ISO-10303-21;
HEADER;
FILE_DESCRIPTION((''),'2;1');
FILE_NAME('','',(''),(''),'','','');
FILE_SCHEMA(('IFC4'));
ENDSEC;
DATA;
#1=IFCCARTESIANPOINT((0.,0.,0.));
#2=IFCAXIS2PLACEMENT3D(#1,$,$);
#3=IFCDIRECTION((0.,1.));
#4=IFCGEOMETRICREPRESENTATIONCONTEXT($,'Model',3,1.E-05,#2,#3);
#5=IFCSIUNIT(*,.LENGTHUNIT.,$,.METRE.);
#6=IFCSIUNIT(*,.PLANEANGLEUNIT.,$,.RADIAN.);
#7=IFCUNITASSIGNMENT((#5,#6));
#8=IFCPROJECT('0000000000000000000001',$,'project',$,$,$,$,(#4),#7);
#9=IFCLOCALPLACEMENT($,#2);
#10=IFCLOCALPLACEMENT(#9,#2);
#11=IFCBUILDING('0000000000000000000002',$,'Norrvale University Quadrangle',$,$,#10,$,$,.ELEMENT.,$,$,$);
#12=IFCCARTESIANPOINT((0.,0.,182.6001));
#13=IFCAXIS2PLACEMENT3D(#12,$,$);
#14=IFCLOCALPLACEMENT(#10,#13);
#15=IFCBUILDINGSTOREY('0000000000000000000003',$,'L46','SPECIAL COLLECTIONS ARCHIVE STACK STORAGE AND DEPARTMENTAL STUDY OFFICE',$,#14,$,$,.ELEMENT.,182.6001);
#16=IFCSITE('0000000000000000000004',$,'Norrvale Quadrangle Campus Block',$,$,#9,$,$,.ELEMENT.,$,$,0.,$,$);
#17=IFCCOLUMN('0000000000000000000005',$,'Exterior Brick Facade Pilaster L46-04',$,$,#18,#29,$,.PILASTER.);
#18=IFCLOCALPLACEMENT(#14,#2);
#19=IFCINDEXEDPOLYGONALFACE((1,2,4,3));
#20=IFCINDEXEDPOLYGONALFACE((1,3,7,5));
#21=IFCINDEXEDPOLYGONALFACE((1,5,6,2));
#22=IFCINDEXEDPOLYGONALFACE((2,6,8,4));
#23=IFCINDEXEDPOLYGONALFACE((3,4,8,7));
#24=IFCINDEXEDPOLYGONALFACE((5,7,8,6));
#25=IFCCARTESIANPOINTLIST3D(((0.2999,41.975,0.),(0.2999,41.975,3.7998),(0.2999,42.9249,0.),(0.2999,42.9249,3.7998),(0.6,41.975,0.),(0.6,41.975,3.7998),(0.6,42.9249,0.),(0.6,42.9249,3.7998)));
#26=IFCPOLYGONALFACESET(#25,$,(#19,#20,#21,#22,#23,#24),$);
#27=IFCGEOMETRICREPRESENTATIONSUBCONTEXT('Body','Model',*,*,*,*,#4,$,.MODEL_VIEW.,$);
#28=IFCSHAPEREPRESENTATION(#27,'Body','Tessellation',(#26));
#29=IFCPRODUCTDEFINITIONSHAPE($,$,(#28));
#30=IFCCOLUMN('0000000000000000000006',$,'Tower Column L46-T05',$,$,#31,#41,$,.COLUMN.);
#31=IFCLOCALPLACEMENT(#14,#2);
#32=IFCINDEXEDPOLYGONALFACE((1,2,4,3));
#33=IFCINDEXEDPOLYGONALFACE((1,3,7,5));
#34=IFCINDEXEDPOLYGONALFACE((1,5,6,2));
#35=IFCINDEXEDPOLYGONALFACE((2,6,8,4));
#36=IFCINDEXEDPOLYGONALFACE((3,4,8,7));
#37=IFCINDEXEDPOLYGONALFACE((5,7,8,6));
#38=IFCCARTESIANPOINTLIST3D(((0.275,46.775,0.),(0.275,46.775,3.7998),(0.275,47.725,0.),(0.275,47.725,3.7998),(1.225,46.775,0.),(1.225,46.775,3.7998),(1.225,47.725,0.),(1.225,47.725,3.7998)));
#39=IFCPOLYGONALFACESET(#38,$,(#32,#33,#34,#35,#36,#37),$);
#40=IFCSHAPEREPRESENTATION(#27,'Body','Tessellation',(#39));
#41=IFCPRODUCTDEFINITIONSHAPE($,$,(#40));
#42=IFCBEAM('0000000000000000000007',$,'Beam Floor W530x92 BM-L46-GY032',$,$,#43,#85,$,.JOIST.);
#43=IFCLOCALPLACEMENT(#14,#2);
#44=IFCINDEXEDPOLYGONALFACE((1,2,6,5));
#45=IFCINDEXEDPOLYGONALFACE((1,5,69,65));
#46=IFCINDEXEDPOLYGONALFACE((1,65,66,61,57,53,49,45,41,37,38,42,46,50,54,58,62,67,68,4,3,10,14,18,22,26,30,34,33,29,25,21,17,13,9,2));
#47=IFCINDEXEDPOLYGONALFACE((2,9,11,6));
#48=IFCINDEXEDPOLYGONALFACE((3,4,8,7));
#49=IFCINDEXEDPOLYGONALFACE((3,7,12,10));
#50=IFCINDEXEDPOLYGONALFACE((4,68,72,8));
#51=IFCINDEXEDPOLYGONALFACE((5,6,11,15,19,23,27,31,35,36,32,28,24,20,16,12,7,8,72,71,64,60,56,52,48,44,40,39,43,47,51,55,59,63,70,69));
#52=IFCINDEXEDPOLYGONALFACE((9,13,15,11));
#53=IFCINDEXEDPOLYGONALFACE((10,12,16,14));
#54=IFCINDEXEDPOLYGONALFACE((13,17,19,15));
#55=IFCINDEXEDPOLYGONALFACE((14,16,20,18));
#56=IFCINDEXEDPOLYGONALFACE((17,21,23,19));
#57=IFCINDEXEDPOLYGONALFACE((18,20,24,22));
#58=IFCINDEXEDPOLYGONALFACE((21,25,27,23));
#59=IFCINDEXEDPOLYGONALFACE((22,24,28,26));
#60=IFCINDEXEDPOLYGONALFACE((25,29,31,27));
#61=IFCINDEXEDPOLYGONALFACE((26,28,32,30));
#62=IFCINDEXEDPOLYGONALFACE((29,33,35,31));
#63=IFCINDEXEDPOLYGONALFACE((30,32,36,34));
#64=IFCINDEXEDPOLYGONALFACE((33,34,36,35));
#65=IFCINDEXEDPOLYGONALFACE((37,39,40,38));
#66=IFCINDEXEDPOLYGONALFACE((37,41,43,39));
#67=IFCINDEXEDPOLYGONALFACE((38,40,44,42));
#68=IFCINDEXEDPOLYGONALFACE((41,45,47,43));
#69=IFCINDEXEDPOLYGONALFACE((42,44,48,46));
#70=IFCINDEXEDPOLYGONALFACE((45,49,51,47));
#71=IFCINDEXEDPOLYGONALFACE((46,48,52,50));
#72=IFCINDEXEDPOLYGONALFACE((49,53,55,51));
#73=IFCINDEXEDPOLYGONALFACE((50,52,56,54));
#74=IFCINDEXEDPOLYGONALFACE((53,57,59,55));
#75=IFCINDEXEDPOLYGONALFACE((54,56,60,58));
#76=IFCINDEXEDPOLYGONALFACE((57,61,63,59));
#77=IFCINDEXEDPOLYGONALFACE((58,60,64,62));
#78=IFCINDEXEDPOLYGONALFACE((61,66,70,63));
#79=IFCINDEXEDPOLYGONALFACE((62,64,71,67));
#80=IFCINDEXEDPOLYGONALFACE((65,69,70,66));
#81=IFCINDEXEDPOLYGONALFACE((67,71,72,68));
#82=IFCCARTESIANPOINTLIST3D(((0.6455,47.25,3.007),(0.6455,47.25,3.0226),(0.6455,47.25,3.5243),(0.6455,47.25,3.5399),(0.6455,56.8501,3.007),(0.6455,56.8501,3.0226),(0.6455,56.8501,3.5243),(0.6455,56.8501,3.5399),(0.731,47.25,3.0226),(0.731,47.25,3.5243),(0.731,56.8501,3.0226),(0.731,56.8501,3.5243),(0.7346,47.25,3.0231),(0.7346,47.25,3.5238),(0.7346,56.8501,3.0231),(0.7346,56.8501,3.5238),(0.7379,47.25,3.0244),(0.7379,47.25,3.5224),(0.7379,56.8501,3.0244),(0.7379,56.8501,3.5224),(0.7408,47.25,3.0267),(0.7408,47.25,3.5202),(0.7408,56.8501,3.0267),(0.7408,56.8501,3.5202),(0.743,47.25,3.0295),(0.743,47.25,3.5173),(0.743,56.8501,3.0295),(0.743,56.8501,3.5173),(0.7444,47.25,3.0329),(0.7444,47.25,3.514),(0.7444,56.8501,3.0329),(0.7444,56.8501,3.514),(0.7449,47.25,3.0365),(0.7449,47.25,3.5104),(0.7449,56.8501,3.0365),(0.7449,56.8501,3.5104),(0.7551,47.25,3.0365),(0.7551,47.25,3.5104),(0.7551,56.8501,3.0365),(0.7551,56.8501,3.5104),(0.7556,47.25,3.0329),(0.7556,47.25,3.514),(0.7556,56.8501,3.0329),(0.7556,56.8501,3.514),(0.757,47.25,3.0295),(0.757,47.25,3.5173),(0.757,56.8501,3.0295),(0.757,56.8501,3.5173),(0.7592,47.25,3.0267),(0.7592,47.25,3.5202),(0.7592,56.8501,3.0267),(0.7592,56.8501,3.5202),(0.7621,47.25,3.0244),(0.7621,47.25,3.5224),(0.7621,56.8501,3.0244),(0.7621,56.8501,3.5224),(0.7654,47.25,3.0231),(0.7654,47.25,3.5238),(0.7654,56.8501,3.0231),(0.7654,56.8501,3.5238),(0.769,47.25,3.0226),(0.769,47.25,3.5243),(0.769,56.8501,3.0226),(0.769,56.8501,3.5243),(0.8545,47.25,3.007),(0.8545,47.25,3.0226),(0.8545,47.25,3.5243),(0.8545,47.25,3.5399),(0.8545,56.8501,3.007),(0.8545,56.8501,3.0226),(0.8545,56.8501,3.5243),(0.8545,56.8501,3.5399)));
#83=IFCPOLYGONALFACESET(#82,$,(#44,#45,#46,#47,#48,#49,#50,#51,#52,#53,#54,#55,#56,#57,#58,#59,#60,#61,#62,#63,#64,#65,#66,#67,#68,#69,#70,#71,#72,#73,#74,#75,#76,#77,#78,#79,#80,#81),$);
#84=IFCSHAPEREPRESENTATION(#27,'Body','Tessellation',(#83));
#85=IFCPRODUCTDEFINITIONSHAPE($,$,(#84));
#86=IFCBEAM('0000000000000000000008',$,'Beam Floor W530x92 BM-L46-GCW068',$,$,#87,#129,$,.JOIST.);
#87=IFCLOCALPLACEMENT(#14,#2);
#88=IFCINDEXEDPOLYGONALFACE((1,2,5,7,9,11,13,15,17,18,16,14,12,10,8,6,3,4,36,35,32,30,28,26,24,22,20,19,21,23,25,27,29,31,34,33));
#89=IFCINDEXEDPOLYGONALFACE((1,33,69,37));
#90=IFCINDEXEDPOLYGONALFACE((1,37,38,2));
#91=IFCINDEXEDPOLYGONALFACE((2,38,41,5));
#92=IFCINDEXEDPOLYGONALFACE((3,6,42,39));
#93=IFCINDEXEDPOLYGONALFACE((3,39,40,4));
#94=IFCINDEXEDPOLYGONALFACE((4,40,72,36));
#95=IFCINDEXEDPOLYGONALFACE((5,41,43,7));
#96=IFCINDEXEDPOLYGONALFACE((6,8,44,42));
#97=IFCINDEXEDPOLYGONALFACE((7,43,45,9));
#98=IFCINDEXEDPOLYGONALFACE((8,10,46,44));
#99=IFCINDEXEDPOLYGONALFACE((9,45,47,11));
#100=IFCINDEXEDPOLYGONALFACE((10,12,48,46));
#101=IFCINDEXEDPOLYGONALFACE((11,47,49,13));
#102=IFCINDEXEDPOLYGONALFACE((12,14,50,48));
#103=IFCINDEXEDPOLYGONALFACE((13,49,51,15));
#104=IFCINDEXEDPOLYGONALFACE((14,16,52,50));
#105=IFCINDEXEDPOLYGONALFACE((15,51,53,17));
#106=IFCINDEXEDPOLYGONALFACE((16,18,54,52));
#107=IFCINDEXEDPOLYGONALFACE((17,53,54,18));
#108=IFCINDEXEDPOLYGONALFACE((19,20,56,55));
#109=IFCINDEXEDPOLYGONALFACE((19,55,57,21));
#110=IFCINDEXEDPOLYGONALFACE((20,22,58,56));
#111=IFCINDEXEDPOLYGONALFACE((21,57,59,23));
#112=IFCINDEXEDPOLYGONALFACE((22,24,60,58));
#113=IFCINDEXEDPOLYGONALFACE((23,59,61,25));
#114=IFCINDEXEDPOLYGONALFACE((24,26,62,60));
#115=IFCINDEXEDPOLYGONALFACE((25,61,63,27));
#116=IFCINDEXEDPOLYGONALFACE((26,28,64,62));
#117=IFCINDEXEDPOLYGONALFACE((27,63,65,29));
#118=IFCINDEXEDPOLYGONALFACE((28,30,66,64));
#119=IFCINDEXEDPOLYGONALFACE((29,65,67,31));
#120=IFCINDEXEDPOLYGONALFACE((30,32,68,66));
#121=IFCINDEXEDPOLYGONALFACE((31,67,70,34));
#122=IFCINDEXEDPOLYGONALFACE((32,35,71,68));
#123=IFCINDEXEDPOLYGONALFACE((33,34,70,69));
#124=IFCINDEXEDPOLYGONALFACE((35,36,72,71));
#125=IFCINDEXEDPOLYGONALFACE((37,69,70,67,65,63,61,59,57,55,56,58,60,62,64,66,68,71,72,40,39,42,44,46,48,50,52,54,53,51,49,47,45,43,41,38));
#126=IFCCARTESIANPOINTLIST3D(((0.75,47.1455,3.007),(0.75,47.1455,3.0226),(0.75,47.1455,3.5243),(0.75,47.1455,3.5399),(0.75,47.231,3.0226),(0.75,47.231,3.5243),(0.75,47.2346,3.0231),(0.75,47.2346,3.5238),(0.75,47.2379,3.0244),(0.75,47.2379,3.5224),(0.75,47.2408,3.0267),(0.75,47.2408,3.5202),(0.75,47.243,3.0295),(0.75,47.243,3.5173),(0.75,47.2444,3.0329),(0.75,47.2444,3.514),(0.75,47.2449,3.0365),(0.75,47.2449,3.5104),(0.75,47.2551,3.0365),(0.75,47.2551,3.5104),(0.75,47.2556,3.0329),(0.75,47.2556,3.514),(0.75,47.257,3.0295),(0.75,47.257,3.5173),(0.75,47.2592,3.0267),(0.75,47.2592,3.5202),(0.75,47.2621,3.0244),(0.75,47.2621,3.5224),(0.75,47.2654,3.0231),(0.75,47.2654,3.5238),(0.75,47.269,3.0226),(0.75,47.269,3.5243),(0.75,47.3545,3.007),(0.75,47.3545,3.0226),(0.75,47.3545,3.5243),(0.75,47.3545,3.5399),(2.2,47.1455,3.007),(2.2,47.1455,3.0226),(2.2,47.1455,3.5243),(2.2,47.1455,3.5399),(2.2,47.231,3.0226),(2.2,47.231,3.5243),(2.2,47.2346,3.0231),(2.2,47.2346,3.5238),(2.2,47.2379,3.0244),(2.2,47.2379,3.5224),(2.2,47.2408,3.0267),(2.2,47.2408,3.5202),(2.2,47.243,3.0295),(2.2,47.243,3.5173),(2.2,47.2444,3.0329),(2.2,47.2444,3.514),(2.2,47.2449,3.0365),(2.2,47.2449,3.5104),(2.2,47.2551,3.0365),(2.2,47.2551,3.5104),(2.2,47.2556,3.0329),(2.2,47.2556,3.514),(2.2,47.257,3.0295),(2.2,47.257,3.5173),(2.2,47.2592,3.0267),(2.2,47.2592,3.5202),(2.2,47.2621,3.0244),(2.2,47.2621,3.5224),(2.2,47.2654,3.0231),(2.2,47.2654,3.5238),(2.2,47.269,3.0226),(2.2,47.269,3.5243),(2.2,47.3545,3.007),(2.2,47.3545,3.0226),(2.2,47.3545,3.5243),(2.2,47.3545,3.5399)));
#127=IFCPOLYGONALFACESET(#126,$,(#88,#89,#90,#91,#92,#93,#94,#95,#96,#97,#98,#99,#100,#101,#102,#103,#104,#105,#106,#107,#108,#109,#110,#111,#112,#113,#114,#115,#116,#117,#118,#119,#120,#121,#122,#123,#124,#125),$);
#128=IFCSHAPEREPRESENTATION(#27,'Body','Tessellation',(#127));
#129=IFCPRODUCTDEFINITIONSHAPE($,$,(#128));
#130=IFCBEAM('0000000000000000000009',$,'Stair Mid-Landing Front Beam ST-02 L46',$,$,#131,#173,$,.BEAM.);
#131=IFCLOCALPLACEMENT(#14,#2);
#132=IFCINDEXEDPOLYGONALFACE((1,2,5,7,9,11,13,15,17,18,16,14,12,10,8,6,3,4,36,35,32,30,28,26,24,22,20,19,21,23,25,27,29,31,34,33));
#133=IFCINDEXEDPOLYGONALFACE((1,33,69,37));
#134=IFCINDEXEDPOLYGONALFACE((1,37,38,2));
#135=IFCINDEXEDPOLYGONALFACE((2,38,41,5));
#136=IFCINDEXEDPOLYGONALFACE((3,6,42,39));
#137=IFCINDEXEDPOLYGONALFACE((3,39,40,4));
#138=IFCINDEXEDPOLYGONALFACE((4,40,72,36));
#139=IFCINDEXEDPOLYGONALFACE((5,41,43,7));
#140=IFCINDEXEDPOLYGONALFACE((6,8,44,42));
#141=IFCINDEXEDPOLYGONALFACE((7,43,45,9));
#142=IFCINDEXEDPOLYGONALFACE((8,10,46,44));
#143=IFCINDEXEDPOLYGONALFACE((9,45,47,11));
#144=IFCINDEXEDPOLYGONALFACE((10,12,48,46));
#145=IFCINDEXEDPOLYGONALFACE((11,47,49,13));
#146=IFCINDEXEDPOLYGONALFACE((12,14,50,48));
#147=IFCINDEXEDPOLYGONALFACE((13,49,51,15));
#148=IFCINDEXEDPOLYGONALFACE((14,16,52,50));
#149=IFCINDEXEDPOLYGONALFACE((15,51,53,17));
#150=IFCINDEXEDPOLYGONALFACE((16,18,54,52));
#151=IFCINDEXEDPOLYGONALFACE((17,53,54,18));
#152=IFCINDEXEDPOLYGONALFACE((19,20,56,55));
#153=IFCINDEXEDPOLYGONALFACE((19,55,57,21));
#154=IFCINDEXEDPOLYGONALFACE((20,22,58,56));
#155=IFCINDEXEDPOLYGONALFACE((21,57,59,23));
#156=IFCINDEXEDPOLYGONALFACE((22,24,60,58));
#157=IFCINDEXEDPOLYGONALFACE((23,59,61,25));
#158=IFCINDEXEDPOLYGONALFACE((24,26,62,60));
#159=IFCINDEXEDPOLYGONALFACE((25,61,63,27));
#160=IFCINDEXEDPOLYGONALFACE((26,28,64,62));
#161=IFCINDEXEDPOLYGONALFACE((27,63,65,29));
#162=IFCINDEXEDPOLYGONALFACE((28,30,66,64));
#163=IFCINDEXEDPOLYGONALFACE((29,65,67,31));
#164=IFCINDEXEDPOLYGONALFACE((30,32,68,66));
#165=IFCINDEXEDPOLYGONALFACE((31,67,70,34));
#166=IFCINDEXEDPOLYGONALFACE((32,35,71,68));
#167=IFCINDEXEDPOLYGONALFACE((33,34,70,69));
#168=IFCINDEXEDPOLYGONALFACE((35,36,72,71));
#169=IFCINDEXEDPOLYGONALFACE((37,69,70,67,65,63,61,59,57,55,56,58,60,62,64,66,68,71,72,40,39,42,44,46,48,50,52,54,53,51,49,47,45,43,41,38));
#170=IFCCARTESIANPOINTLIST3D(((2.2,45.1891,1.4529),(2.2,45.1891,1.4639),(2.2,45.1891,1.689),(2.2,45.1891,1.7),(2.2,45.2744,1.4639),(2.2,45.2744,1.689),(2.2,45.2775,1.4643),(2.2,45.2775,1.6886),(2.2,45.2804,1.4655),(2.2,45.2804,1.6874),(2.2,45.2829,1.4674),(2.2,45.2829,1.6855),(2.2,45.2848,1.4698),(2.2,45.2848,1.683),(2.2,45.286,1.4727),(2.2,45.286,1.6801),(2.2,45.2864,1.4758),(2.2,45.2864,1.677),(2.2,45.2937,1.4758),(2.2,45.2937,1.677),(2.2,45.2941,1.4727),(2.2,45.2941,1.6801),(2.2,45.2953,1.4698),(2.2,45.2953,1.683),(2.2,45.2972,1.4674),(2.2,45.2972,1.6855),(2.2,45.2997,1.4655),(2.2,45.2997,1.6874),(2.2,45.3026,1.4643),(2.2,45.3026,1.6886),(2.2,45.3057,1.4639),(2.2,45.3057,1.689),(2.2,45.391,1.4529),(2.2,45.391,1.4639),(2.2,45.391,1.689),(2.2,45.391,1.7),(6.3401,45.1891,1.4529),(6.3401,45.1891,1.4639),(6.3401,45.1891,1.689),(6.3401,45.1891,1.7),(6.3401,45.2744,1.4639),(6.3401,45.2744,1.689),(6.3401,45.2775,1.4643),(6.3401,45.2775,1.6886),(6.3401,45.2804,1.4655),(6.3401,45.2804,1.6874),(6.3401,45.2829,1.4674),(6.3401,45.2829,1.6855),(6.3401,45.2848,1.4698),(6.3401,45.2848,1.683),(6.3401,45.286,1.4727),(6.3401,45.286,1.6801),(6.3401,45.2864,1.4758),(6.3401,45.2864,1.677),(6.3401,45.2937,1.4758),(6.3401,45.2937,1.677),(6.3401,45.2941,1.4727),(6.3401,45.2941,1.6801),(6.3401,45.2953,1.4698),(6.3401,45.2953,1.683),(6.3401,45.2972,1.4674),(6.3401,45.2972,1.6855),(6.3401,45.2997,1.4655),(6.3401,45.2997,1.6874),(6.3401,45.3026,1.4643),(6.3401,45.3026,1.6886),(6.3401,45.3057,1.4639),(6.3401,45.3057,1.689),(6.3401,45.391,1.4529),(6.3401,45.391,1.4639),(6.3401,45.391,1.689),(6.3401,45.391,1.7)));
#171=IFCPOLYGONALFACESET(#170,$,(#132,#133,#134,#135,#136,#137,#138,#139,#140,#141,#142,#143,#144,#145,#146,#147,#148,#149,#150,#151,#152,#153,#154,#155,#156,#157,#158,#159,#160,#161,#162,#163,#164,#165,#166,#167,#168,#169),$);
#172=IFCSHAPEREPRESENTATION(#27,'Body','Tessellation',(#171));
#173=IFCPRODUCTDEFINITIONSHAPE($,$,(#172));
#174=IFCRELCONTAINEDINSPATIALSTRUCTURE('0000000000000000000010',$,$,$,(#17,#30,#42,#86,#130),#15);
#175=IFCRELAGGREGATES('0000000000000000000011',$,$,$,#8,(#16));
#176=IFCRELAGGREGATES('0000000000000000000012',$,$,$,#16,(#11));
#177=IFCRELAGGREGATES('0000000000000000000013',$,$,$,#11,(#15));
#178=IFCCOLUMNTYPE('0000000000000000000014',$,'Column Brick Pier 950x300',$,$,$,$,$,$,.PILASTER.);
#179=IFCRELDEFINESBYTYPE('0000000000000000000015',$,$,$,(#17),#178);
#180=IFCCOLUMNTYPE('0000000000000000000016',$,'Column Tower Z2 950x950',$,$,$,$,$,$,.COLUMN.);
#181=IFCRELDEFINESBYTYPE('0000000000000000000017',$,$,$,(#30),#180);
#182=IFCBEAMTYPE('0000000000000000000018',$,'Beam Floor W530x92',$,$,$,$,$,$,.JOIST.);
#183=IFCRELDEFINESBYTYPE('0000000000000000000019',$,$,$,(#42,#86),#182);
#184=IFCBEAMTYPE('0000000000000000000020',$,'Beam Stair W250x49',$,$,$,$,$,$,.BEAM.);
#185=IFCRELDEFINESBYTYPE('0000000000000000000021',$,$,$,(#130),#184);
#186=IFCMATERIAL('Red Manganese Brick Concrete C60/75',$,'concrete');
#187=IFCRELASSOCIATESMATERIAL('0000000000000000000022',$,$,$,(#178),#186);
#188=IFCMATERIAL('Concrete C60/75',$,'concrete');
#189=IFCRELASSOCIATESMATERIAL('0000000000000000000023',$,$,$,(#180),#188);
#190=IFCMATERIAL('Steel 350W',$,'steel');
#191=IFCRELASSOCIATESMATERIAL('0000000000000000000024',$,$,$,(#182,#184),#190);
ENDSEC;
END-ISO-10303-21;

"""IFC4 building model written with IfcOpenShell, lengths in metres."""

from ifc_helpers import new_model, si_unit, direction, frame, origin, origin_2d, place, context, subcontext, project, spatial, rectangle, i_section, extrude, material, material_profile, profile_set, type_object, element, save


model = new_model("IFC4")

# Units and contexts
model_context = context("Model", 3, precision=1e-05, world=origin(), true_north=direction((0.0, 1.0)))
body_context = subcontext(model_context, "Body", "Model", "MODEL_VIEW")
ifc_project = project(units=[si_unit("LENGTHUNIT", "METRE"), si_unit("PLANEANGLEUNIT", "RADIAN")], contexts=[model_context])

# Site, building, storey
site_placement = place(None, origin())
site = spatial("IfcSite", under=ifc_project, at=site_placement, Name="Norrvale Quadrangle Campus Block", CompositionType="ELEMENT", RefElevation=0.0)
building_placement = place(site_placement, origin())
building = spatial("IfcBuilding", under=site, at=building_placement, Name="Norrvale University Quadrangle", CompositionType="ELEMENT")
storey_placement = place(building_placement, frame((0.0, 0.0, 182.6001)))
storey = spatial("IfcBuildingStorey", under=building, at=storey_placement, Name="L46", Description="SPECIAL COLLECTIONS ARCHIVE STACK STORAGE AND DEPARTMENTAL STUDY OFFICE", CompositionType="ELEMENT", Elevation=182.6001)

# Columns
ifc_material_1 = material(Name="Red Manganese Brick Concrete C60/75", Category="concrete")
ifc_material_profile_1 = material_profile(ifc_material_1, rectangle(XDim=0.95, YDim=0.3, at=origin_2d()), Name="Red Manganese Brick Concrete C60/75")
ifc_profile_set_1 = profile_set([ifc_material_profile_1], Name="Red Manganese Brick Concrete C60/75")
column_type_1 = type_object("IfcColumnType", Name="Column Brick Pier 950x300", PredefinedType="PILASTER", material=ifc_profile_set_1)
column_1_placement = place(storey_placement, frame((0.45, 42.45, 0.0), z_axis=(0.0, 0.0, 1.0), x_axis=(0.0, 1.0, 0.0)))
element("IfcColumn", 1, at=column_1_placement, inside=storey, type_object=column_type_1, Name="Exterior Brick Facade Pilaster L46-04", PredefinedType="PILASTER", context=body_context, shape_type="SweptSolid", body=[
    extrude(rectangle(XDim=0.95, YDim=0.3, at=origin_2d()), origin(), (0.0, 0.0, 1.0), 3.7998),
])
ifc_material_2 = material(Name="Concrete C60/75", Category="concrete")
ifc_material_profile_2 = material_profile(ifc_material_2, rectangle(XDim=0.95, YDim=0.95, at=origin_2d()), Name="Concrete C60/75")
ifc_profile_set_2 = profile_set([ifc_material_profile_2], Name="Concrete C60/75")
column_type_2 = type_object("IfcColumnType", Name="Column Tower Z2 950x950", PredefinedType="COLUMN", material=ifc_profile_set_2)
column_2_placement = place(storey_placement, frame((0.75, 47.25, 0.0), z_axis=(0.0, 0.0, 1.0), x_axis=(1.0, 0.0, 0.0)))
element("IfcColumn", 2, at=column_2_placement, inside=storey, type_object=column_type_2, Name="Tower Column L46-T05", PredefinedType="COLUMN", context=body_context, shape_type="SweptSolid", body=[
    extrude(rectangle(XDim=0.95, YDim=0.95, at=origin_2d()), origin(), (0.0, 0.0, 1.0), 3.7998),
])

# Beams
ifc_material_3 = material(Name="Steel 350W", Category="steel")
ifc_material_profile_3 = material_profile(ifc_material_3, i_section(OverallWidth=0.209, OverallDepth=0.533, WebThickness=0.0103, FlangeThickness=0.0156, FilletRadius=0.0139, at=origin_2d()), Name="Steel 350W")
ifc_profile_set_3 = profile_set([ifc_material_profile_3], Name="Steel 350W")
beam_type_1 = type_object("IfcBeamType", Name="Beam Floor W530x92", PredefinedType="JOIST", material=ifc_profile_set_3)
beam_1_placement = place(storey_placement, frame((0.75, 47.25, 3.2734), z_axis=(0.0, 1.0, 0.0), x_axis=(-1.0, 0.0, 0.0)))
element("IfcBeam", 3, at=beam_1_placement, inside=storey, type_object=beam_type_1, Name="Beam Floor W530x92 BM-L46-GY032", PredefinedType="JOIST", context=body_context, shape_type="SweptSolid", body=[
    extrude(i_section(OverallWidth=0.209, OverallDepth=0.533, WebThickness=0.0103, FlangeThickness=0.0156, FilletRadius=0.0139, at=origin_2d()), origin(), (0.0, 0.0, 1.0), 9.6001),
])
beam_2_placement = place(storey_placement, frame((0.75, 47.25, 3.2734), z_axis=(1.0, 0.0, 0.0), x_axis=(0.0, 1.0, 0.0)))
element("IfcBeam", 4, at=beam_2_placement, inside=storey, type_object=beam_type_1, Name="Beam Floor W530x92 BM-L46-GCW068", PredefinedType="JOIST", context=body_context, shape_type="SweptSolid", body=[
    extrude(i_section(OverallWidth=0.209, OverallDepth=0.533, WebThickness=0.0103, FlangeThickness=0.0156, FilletRadius=0.0139, at=origin_2d()), origin(), (0.0, 0.0, 1.0), 1.45),
])
ifc_material_profile_4 = material_profile(ifc_material_3, i_section(OverallWidth=0.2019, OverallDepth=0.2471, WebThickness=0.0073, FlangeThickness=0.011, FilletRadius=0.012, at=origin_2d()), Name="Steel 350W")
ifc_profile_set_4 = profile_set([ifc_material_profile_4], Name="Steel 350W")
beam_type_2 = type_object("IfcBeamType", Name="Beam Stair W250x49", PredefinedType="BEAM", material=ifc_profile_set_4)
beam_3_placement = place(storey_placement, frame((2.2, 45.29, 1.5764), z_axis=(1.0, 0.0, 0.0), x_axis=(0.0, 1.0, 0.0)))
element("IfcBeam", 5, at=beam_3_placement, inside=storey, type_object=beam_type_2, Name="Stair Mid-Landing Front Beam ST-02 L46", PredefinedType="BEAM", context=body_context, shape_type="SweptSolid", body=[
    extrude(i_section(OverallWidth=0.2019, OverallDepth=0.2471, WebThickness=0.0073, FlangeThickness=0.011, FilletRadius=0.012, at=origin_2d()), origin(), (0.0, 0.0, 1.0), 4.1401),
])

save(model, "model.ifc")
